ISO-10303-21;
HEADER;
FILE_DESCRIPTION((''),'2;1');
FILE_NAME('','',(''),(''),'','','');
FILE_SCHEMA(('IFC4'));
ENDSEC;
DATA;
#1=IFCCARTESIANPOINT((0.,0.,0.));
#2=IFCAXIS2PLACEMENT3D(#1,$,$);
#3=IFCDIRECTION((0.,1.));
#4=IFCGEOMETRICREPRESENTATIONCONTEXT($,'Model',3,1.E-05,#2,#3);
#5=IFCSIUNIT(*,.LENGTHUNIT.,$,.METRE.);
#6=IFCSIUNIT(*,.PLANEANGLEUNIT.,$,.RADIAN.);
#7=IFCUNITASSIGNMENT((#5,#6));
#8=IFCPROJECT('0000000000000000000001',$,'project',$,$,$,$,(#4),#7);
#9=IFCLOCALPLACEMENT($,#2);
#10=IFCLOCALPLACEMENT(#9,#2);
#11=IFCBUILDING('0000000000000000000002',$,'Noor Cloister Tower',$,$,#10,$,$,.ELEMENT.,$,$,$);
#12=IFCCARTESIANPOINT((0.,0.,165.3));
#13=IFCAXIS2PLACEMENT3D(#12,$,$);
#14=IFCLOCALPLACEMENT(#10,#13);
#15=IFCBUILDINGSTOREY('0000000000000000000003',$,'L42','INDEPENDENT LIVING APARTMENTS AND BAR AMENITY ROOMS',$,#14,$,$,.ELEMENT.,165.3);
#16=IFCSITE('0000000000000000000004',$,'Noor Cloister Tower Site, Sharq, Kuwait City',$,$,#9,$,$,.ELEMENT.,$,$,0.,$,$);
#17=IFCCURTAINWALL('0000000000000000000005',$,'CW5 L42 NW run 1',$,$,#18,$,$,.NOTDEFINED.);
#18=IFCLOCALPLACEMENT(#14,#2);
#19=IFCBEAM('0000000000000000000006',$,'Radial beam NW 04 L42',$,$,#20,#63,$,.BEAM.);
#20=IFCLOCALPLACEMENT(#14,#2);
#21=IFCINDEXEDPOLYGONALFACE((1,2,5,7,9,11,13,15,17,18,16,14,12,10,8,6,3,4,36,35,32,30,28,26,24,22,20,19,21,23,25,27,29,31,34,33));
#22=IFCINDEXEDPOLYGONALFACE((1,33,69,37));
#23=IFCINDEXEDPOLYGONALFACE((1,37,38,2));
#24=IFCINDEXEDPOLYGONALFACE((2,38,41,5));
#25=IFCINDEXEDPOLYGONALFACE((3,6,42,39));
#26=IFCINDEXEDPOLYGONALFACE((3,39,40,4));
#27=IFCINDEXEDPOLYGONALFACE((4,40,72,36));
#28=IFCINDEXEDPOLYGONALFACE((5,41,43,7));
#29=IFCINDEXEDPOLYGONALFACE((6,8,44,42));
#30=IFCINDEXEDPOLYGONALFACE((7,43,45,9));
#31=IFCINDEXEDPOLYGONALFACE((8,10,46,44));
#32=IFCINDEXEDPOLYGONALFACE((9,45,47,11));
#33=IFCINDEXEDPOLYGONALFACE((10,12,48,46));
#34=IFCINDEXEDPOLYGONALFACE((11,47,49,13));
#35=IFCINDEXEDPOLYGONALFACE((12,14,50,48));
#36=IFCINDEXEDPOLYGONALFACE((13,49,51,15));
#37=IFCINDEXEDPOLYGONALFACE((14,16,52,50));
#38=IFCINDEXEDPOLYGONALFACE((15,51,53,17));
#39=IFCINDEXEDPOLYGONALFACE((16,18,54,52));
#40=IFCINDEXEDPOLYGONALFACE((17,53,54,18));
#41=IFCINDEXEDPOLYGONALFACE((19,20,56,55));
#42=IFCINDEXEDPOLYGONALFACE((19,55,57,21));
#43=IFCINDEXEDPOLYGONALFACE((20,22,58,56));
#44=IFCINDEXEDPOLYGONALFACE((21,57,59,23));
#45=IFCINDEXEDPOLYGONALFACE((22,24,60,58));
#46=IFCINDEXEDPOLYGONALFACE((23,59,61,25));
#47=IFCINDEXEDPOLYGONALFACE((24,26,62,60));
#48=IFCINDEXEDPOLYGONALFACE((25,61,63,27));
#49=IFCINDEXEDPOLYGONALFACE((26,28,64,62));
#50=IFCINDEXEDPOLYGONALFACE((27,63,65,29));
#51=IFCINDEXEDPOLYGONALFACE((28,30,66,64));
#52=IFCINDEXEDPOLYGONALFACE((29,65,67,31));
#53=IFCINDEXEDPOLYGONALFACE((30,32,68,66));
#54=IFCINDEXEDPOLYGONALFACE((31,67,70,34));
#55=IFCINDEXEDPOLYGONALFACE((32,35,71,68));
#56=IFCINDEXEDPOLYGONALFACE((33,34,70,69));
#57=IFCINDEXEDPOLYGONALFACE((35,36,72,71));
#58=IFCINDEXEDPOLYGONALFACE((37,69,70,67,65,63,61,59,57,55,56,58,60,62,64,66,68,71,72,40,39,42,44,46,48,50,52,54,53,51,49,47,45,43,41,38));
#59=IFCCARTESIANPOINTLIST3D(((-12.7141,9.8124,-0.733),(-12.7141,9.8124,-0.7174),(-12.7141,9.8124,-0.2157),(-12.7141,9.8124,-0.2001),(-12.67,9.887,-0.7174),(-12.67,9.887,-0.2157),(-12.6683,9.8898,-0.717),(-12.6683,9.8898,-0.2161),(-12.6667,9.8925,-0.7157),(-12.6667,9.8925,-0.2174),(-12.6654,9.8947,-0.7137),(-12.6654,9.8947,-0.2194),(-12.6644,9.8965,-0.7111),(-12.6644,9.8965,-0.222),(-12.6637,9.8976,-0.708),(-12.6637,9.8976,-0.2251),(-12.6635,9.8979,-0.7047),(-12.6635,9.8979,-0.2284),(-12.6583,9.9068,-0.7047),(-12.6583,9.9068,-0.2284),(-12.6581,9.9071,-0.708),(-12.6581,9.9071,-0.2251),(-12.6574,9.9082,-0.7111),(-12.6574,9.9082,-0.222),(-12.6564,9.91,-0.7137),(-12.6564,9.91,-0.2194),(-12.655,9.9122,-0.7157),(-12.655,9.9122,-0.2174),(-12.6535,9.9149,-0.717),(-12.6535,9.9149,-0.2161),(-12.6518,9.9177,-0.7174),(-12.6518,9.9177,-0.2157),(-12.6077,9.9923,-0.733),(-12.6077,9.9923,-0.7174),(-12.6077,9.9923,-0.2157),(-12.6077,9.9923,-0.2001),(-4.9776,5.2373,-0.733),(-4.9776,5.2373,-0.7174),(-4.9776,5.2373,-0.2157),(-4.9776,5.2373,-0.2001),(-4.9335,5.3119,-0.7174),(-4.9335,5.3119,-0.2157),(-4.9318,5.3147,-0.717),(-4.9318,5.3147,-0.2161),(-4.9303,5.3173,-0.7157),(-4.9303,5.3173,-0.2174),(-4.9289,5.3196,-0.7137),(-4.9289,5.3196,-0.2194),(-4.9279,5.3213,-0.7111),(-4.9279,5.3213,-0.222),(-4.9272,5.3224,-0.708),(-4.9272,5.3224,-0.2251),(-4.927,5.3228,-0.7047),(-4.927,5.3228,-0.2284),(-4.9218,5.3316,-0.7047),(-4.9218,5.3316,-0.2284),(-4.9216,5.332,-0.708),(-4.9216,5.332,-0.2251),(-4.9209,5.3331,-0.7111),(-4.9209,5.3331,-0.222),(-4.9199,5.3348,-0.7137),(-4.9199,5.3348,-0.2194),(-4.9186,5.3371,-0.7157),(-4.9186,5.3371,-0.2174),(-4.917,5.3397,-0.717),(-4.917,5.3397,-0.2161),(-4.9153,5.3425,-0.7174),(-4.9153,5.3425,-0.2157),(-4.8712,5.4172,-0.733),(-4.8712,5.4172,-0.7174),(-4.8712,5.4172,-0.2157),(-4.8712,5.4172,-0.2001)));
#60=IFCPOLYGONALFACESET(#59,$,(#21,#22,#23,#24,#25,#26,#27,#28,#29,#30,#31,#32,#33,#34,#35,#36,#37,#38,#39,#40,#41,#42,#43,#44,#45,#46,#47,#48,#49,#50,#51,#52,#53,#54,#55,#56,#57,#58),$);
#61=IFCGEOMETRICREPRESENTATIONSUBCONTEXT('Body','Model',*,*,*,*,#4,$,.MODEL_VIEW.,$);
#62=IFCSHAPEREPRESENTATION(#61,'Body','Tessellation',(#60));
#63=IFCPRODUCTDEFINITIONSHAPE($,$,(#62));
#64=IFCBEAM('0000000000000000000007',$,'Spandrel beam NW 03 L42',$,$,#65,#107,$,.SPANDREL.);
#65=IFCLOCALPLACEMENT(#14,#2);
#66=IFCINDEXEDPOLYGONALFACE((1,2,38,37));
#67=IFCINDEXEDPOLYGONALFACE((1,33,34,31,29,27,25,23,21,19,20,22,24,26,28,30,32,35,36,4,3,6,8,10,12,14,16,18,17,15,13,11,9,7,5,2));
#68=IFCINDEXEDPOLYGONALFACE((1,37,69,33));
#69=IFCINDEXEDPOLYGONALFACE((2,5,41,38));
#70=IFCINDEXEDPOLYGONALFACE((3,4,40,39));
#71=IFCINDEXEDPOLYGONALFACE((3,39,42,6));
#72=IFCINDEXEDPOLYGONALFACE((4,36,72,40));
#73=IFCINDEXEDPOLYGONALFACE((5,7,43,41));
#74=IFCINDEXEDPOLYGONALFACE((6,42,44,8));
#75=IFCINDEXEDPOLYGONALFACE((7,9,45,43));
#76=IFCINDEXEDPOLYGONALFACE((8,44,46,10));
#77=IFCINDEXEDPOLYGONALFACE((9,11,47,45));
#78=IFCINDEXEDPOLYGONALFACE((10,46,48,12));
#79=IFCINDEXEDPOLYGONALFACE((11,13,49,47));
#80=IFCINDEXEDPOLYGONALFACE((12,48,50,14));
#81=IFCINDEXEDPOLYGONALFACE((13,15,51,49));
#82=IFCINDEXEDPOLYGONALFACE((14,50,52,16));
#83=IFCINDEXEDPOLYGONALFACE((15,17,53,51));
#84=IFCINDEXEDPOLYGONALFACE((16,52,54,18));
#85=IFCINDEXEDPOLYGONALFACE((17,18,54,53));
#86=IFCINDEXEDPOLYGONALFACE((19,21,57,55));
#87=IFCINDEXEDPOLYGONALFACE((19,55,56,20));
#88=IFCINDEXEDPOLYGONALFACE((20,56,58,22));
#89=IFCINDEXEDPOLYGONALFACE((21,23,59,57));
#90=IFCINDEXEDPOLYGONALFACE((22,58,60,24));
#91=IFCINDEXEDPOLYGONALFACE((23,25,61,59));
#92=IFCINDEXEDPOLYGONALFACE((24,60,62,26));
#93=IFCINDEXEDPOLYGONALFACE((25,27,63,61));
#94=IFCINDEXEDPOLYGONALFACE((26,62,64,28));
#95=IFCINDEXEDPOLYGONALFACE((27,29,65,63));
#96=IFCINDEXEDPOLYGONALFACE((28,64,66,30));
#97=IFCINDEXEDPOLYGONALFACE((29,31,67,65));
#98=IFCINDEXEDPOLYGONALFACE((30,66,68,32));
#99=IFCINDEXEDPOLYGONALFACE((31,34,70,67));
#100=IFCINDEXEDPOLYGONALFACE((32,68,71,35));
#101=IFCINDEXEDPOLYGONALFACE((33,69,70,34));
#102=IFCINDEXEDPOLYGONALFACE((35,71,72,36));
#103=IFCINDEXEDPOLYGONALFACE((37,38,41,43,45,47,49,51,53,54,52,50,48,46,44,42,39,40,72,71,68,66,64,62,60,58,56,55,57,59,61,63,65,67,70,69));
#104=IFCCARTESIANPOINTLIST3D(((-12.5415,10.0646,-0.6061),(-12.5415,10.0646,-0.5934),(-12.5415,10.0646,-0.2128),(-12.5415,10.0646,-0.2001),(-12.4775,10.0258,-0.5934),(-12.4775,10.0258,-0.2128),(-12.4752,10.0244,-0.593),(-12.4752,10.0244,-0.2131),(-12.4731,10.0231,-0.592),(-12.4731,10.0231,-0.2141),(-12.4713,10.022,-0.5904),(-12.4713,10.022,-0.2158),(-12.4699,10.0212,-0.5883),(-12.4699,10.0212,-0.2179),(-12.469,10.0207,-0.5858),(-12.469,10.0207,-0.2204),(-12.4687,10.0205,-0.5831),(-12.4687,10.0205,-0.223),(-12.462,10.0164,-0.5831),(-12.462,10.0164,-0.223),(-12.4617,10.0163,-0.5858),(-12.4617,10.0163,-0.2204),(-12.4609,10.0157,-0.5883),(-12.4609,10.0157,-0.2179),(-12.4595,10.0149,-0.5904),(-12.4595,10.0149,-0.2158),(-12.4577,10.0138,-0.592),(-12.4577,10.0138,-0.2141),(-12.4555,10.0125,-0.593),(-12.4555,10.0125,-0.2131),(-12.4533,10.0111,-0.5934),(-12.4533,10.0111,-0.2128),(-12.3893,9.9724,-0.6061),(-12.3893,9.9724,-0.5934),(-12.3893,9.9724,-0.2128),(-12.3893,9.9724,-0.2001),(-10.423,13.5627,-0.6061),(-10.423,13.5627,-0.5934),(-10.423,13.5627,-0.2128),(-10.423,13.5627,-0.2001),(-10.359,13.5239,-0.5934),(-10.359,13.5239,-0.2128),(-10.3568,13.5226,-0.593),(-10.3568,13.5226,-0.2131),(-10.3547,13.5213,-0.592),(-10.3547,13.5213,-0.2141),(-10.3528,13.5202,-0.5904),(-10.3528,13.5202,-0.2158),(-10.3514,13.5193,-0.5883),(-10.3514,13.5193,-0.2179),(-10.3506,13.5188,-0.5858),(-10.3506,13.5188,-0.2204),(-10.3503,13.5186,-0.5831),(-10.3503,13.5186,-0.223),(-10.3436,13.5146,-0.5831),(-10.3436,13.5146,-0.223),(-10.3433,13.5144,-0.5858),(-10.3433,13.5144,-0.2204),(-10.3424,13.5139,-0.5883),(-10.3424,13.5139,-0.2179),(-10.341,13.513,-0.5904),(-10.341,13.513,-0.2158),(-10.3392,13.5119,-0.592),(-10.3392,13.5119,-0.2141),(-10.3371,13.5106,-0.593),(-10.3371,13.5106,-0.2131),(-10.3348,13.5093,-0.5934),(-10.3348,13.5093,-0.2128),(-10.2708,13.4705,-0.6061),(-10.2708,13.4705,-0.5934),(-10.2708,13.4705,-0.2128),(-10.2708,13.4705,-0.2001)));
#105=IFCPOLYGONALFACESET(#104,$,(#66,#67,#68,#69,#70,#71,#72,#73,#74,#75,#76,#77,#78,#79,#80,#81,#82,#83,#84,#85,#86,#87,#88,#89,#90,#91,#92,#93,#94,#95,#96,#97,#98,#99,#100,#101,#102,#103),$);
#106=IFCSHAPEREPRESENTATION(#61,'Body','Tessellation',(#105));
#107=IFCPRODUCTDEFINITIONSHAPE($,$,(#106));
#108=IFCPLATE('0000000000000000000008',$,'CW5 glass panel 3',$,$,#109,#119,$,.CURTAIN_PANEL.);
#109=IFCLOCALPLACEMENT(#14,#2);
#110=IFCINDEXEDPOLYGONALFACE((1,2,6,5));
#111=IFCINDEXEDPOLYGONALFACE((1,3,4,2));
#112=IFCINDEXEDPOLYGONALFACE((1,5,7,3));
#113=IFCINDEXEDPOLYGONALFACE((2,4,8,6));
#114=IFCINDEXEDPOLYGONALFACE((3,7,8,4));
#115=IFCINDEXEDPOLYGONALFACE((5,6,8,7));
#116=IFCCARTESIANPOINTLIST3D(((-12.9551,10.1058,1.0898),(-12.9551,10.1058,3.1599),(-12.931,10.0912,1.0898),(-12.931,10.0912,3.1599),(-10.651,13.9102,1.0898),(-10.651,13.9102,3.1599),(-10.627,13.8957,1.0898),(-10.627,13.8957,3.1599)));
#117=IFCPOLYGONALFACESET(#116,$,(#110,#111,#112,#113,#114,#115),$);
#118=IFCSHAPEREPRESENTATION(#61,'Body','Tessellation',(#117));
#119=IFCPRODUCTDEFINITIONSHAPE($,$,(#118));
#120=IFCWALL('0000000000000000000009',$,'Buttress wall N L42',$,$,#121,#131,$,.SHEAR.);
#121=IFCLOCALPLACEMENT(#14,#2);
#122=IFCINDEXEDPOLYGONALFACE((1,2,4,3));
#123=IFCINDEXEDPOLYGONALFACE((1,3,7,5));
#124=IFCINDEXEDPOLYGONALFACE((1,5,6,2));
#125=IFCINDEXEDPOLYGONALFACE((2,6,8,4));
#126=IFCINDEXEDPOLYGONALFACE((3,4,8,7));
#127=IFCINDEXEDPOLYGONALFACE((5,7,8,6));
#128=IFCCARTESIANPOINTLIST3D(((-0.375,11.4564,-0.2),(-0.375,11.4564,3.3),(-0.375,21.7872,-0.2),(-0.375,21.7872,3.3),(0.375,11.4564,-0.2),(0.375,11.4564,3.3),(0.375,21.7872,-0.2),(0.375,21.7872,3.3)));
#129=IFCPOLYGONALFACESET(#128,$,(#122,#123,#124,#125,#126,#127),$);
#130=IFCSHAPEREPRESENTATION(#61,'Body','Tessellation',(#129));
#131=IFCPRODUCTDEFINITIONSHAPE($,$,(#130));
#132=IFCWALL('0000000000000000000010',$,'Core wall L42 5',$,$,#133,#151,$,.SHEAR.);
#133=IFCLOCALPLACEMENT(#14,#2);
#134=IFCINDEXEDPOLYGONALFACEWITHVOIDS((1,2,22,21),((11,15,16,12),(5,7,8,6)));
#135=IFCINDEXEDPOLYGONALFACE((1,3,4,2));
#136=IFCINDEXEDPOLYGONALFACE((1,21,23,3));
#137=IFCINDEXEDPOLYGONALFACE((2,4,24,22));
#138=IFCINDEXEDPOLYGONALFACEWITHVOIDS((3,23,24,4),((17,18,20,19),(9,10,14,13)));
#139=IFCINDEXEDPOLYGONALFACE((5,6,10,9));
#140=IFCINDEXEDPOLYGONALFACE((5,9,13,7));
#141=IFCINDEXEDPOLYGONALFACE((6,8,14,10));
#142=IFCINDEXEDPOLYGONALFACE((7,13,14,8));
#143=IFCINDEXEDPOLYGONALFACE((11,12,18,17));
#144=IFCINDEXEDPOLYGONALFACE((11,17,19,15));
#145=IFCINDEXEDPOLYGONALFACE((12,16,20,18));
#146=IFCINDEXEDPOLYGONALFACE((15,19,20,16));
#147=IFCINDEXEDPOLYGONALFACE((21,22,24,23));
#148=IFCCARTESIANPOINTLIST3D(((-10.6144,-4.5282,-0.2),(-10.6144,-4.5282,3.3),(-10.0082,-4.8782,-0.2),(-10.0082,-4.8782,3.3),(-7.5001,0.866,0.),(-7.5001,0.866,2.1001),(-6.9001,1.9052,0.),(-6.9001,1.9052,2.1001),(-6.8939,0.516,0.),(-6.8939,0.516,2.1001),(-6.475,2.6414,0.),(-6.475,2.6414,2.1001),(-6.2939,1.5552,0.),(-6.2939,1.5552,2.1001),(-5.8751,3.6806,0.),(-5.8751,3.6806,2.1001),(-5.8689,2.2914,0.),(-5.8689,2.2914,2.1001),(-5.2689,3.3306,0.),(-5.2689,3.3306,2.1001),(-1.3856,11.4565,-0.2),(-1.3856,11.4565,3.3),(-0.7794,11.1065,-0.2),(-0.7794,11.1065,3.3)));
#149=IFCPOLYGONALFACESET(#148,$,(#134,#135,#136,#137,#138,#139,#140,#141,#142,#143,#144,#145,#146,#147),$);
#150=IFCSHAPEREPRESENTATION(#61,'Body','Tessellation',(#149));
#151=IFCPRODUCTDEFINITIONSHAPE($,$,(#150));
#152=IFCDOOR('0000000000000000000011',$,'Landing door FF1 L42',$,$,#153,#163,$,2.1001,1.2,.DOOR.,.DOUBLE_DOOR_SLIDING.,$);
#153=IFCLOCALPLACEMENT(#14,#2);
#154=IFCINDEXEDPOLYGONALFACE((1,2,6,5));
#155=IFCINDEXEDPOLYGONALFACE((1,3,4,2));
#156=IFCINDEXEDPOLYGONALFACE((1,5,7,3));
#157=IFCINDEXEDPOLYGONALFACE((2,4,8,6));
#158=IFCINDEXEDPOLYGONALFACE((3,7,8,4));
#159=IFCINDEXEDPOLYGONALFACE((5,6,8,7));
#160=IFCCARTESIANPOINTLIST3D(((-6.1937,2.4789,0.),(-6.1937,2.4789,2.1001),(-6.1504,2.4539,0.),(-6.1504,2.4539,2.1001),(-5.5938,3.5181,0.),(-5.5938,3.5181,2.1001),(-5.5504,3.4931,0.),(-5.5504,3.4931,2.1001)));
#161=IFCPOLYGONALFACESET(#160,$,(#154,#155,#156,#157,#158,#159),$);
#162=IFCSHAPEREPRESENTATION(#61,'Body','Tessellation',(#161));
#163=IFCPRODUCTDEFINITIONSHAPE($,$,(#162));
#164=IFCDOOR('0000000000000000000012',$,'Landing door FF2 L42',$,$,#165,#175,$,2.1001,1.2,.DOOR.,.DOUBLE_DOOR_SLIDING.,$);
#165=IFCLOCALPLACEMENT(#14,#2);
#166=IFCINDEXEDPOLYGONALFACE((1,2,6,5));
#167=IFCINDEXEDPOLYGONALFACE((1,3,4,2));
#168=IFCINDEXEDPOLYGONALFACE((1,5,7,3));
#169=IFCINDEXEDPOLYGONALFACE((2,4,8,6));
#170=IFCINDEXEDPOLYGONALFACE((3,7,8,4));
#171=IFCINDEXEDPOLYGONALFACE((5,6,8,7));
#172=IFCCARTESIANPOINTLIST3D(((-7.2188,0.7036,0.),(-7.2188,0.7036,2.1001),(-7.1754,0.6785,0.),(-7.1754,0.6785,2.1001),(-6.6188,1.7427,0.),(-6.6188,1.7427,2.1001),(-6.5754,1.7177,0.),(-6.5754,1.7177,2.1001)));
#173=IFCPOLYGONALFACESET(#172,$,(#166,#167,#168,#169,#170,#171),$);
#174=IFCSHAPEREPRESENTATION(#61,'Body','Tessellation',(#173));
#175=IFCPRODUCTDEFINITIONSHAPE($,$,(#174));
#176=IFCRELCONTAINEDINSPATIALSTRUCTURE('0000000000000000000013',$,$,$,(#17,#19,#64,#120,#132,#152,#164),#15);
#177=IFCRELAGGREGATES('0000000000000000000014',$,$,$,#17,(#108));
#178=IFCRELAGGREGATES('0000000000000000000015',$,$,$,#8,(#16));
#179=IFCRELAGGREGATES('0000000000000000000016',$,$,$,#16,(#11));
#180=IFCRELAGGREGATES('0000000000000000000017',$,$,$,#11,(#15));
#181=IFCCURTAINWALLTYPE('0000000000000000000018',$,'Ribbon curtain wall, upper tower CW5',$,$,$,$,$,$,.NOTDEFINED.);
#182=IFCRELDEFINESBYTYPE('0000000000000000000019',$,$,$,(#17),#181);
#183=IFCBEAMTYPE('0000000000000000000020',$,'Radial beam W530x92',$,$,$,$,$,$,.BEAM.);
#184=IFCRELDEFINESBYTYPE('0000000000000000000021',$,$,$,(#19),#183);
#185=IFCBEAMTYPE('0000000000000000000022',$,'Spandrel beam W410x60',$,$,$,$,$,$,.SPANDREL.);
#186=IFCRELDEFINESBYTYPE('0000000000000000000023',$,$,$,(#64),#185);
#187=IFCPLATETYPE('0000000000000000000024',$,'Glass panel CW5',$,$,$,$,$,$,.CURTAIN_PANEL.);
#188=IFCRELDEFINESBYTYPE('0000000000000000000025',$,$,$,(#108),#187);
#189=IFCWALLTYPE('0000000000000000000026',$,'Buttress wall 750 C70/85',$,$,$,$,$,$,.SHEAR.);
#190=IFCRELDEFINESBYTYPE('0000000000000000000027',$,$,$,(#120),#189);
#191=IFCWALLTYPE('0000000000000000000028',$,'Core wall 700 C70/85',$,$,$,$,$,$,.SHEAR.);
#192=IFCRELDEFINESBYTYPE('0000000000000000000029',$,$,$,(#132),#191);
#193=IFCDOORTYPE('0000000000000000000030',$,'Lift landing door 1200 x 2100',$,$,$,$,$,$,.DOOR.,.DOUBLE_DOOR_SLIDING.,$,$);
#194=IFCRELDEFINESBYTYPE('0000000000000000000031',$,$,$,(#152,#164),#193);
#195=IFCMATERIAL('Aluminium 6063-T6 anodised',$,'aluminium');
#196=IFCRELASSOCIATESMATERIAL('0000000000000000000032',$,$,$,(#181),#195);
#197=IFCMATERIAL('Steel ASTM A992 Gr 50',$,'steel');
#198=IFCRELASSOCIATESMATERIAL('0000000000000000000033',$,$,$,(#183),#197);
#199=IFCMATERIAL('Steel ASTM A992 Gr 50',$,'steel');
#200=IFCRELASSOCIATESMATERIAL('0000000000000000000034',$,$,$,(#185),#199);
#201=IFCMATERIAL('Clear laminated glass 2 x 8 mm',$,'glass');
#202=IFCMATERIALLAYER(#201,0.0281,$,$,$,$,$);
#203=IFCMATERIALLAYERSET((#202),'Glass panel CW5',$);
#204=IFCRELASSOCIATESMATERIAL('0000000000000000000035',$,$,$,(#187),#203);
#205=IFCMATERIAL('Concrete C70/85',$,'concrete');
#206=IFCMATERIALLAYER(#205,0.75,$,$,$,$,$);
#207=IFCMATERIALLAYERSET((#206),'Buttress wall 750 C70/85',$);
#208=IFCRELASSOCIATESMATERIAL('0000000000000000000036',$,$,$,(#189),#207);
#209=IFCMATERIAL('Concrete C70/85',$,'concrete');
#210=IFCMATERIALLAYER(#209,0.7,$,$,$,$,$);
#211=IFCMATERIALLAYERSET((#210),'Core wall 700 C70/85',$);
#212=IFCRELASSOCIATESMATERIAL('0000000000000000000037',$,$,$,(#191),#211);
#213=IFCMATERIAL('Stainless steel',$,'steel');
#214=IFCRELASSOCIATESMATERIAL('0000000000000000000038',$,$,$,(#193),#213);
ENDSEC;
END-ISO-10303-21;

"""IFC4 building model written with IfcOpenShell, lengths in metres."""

from ifc_helpers import new_model, si_unit, direction, frame, frame_2d, origin, origin_2d, place, context, subcontext, project, spatial, rectangle, i_section, extrude, material, layer, layer_set, material_profile, profile_set, type_object, element, fill, aggregate, save


model = new_model("IFC4")

# Units and contexts
model_context = context("Model", 3, precision=1e-05, world=origin(), true_north=direction((0.0, 1.0)))
body_context = subcontext(model_context, "Body", "Model", "MODEL_VIEW")
ifc_project = project(units=[si_unit("LENGTHUNIT", "METRE"), si_unit("PLANEANGLEUNIT", "RADIAN")], contexts=[model_context])

# Site, building, storey
site_placement = place(None, origin())
site = spatial("IfcSite", under=ifc_project, at=site_placement, Name="Noor Cloister Tower Site, Sharq, Kuwait City", CompositionType="ELEMENT", RefElevation=0.0)
building_placement = place(site_placement, origin())
building = spatial("IfcBuilding", under=site, at=building_placement, Name="Noor Cloister Tower", CompositionType="ELEMENT")
storey_placement = place(building_placement, frame((0.0, 0.0, 165.3)))
storey = spatial("IfcBuildingStorey", under=building, at=storey_placement, Name="L42", Description="INDEPENDENT LIVING APARTMENTS AND BAR AMENITY ROOMS", CompositionType="ELEMENT", Elevation=165.3)

# Curtain wall
ifc_material_1 = material(Name="Aluminium 6063-T6 anodised", Category="aluminium")
curtain_wall_type = type_object("IfcCurtainWallType", Name="Ribbon curtain wall, upper tower CW5", PredefinedType="NOTDEFINED", material=ifc_material_1)
curtain_wall_placement = place(storey_placement, origin())
curtain_wall = element("IfcCurtainWall", 1, at=curtain_wall_placement, inside=storey, type_object=curtain_wall_type, Name="CW5 L42 NW run 1", PredefinedType="NOTDEFINED")

# Beams
ifc_material_2 = material(Name="Steel ASTM A992 Gr 50", Category="steel")
ifc_material_profile_1 = material_profile(ifc_material_2, i_section(OverallWidth=0.209, OverallDepth=0.533, WebThickness=0.0103, FlangeThickness=0.0156, FilletRadius=0.0127, at=origin_2d()), Name="W530x92")
ifc_profile_set_1 = profile_set([ifc_material_profile_1], Name="Steel ASTM A992 Gr 50")
beam_type_1 = type_object("IfcBeamType", Name="Radial beam W530x92", PredefinedType="BEAM", material=ifc_profile_set_1)
beam_1_placement = place(storey_placement, frame((-12.6609, 9.9023, -0.4666), z_axis=(0.860752, -0.509025, 0.0), x_axis=(0.509025, 0.860752, 0.0)))
element("IfcBeam", 2, at=beam_1_placement, inside=storey, type_object=beam_type_1, Name="Radial beam NW 04 L42", PredefinedType="BEAM", context=body_context, shape_type="SweptSolid", body=[
    extrude(i_section(OverallWidth=0.209, OverallDepth=0.533, WebThickness=0.0103, FlangeThickness=0.0156, FilletRadius=0.0127, at=origin_2d()), origin(), (0.0, 0.0, 1.0), 8.988),
])
ifc_material_3 = material(Name="Steel ASTM A992 Gr 50", Category="steel")
ifc_material_profile_2 = material_profile(ifc_material_3, i_section(OverallWidth=0.178, OverallDepth=0.406, WebThickness=0.0078, FlangeThickness=0.0127, FilletRadius=0.0103, at=origin_2d()), Name="W410x60")
ifc_profile_set_2 = profile_set([ifc_material_profile_2], Name="Steel ASTM A992 Gr 50")
beam_type_2 = type_object("IfcBeamType", Name="Spandrel beam W410x60", PredefinedType="SPANDREL", material=ifc_profile_set_2)
beam_2_placement = place(storey_placement, frame((-10.3469, 13.5166, -0.4031), z_axis=(-0.518012, -0.855373, 0.0), x_axis=(0.855373, -0.518012, 0.0)))
element("IfcBeam", 3, at=beam_2_placement, inside=storey, type_object=beam_type_2, Name="Spandrel beam NW 03 L42", PredefinedType="SPANDREL", context=body_context, shape_type="SweptSolid", body=[
    extrude(i_section(OverallWidth=0.178, OverallDepth=0.406, WebThickness=0.0078, FlangeThickness=0.0127, FilletRadius=0.0103, at=origin_2d()), origin(), (0.0, 0.0, 1.0), 4.0896),
])

# Plate
ifc_material_4 = material(Name="Clear laminated glass 2 x 8 mm", Category="glass")
ifc_layer_1 = layer(ifc_material_4, 0.0281)
ifc_layer_set_1 = layer_set([ifc_layer_1], Name="Glass panel CW5")
plate_type = type_object("IfcPlateType", Name="Glass panel CW5", PredefinedType="CURTAIN_PANEL", material=ifc_layer_set_1)
plate_placement = place(storey_placement, frame((-11.791, 12.0007, 1.0898), z_axis=(0.0, 0.0, 1.0), x_axis=(-0.518029, -0.855363, 0.0)))
plate = element("IfcPlate", 4, at=plate_placement, type_object=plate_type, Name="CW5 glass panel 3", PredefinedType="CURTAIN_PANEL", context=body_context, shape_type="SweptSolid", body=[
    extrude(rectangle(XDim=4.4478, YDim=0.0281, at=origin_2d()), origin(), (0.0, 0.0, 1.0), 2.0701),
])
aggregate(curtain_wall, [plate])

# Wall
ifc_material_5 = material(Name="Concrete C70/85", Category="concrete")
ifc_layer_2 = layer(ifc_material_5, 0.75)
ifc_layer_set_2 = layer_set([ifc_layer_2], Name="Buttress wall 750 C70/85")
wall_type_1 = type_object("IfcWallType", Name="Buttress wall 750 C70/85", PredefinedType="SHEAR", material=ifc_layer_set_2)
wall_1_placement = place(storey_placement, frame((0.0, 11.4563, -0.2), z_axis=(0.0, 0.0, 1.0), x_axis=(0.0, 1.0, 0.0)))
element("IfcWall", 5, at=wall_1_placement, inside=storey, type_object=wall_type_1, Name="Buttress wall N L42", PredefinedType="SHEAR", context=body_context, shape_type="SweptSolid", body=[
    extrude(rectangle(XDim=10.3308, YDim=0.75, at=frame_2d((5.1655, 0.0))), origin(), (0.0, 0.0, 1.0), 3.5),
])

# Wall, openings, doors
ifc_material_6 = material(Name="Concrete C70/85", Category="concrete")
ifc_layer_3 = layer(ifc_material_6, 0.7)
ifc_layer_set_3 = layer_set([ifc_layer_3], Name="Core wall 700 C70/85")
wall_type_2 = type_object("IfcWallType", Name="Core wall 700 C70/85", PredefinedType="SHEAR", material=ifc_layer_set_3)
wall_2_placement = place(storey_placement, frame((-1.0825, 11.2815, -0.2), z_axis=(0.0, 0.0, 1.0), x_axis=(-0.500001, -0.866025, 0.0)))
wall_2 = element("IfcWall", 6, at=wall_2_placement, inside=storey, type_object=wall_type_2, Name="Core wall L42 5", PredefinedType="SHEAR", context=body_context, shape_type="SweptSolid", body=[
    extrude(rectangle(XDim=18.4575, YDim=0.7, at=frame_2d((9.2288, 0.0))), origin(), (0.0, 0.0, 1.0), 3.5),
])
opening_1_placement = place(wall_2_placement, frame((8.9788, 0.0, 0.2)))
opening_1 = element("IfcOpeningElement", 7, at=opening_1_placement, cuts=wall_2, PredefinedType="OPENING", context=body_context, shape_type="SweptSolid", body=[
    extrude(rectangle(XDim=1.2, YDim=2.1001, at=frame_2d((0.6001, 1.05))), frame((0.0, 0.3599, 0.0), z_axis=(0.0, -1.0, 0.0), x_axis=(1.0, 0.0, 0.0)), (0.0, 0.0, 1.0), 0.72),
])
opening_2_placement = place(wall_2_placement, frame((11.0288, 0.0, 0.2)))
opening_2 = element("IfcOpeningElement", 8, at=opening_2_placement, cuts=wall_2, PredefinedType="OPENING", context=body_context, shape_type="SweptSolid", body=[
    extrude(rectangle(XDim=1.2, YDim=2.1001, at=frame_2d((0.6001, 1.05))), frame((0.0, 0.3599, 0.0), z_axis=(0.0, -1.0, 0.0), x_axis=(1.0, 0.0, 0.0)), (0.0, 0.0, 1.0), 0.72),
])
ifc_material_7 = material(Name="Stainless steel", Category="steel")
door_type_1 = type_object("IfcDoorType", Name="Lift landing door 1200 x 2100", OperationType="DOUBLE_DOOR_SLIDING", PredefinedType="DOOR", material=ifc_material_7)
door_1_placement = place(opening_1_placement, origin())
door_1 = element("IfcDoor", 9, at=door_1_placement, inside=storey, type_object=door_type_1, Name="Landing door FF1 L42", OperationType="DOUBLE_DOOR_SLIDING", OverallHeight=2.1001, OverallWidth=1.2, PredefinedType="DOOR", context=body_context, shape_type="SweptSolid", body=[
    extrude(rectangle(XDim=1.2, YDim=2.1001, at=frame_2d((0.6001, 1.05))), frame((0.0, 0.0249, 0.0), z_axis=(0.0, -1.0, 0.0), x_axis=(1.0, 0.0, 0.0)), (0.0, 0.0, 1.0), 0.05),
])
fill(opening_1, door_1)
door_2_placement = place(opening_2_placement, origin())
door_2 = element("IfcDoor", 10, at=door_2_placement, inside=storey, type_object=door_type_1, Name="Landing door FF2 L42", OperationType="DOUBLE_DOOR_SLIDING", OverallHeight=2.1001, OverallWidth=1.2, PredefinedType="DOOR", context=body_context, shape_type="SweptSolid", body=[
    extrude(rectangle(XDim=1.2, YDim=2.1001, at=frame_2d((0.6001, 1.05))), frame((0.0, 0.0249, 0.0), z_axis=(0.0, -1.0, 0.0), x_axis=(1.0, 0.0, 0.0)), (0.0, 0.0, 1.0), 0.05),
])
fill(opening_2, door_2)

save(model, "model.ifc")
